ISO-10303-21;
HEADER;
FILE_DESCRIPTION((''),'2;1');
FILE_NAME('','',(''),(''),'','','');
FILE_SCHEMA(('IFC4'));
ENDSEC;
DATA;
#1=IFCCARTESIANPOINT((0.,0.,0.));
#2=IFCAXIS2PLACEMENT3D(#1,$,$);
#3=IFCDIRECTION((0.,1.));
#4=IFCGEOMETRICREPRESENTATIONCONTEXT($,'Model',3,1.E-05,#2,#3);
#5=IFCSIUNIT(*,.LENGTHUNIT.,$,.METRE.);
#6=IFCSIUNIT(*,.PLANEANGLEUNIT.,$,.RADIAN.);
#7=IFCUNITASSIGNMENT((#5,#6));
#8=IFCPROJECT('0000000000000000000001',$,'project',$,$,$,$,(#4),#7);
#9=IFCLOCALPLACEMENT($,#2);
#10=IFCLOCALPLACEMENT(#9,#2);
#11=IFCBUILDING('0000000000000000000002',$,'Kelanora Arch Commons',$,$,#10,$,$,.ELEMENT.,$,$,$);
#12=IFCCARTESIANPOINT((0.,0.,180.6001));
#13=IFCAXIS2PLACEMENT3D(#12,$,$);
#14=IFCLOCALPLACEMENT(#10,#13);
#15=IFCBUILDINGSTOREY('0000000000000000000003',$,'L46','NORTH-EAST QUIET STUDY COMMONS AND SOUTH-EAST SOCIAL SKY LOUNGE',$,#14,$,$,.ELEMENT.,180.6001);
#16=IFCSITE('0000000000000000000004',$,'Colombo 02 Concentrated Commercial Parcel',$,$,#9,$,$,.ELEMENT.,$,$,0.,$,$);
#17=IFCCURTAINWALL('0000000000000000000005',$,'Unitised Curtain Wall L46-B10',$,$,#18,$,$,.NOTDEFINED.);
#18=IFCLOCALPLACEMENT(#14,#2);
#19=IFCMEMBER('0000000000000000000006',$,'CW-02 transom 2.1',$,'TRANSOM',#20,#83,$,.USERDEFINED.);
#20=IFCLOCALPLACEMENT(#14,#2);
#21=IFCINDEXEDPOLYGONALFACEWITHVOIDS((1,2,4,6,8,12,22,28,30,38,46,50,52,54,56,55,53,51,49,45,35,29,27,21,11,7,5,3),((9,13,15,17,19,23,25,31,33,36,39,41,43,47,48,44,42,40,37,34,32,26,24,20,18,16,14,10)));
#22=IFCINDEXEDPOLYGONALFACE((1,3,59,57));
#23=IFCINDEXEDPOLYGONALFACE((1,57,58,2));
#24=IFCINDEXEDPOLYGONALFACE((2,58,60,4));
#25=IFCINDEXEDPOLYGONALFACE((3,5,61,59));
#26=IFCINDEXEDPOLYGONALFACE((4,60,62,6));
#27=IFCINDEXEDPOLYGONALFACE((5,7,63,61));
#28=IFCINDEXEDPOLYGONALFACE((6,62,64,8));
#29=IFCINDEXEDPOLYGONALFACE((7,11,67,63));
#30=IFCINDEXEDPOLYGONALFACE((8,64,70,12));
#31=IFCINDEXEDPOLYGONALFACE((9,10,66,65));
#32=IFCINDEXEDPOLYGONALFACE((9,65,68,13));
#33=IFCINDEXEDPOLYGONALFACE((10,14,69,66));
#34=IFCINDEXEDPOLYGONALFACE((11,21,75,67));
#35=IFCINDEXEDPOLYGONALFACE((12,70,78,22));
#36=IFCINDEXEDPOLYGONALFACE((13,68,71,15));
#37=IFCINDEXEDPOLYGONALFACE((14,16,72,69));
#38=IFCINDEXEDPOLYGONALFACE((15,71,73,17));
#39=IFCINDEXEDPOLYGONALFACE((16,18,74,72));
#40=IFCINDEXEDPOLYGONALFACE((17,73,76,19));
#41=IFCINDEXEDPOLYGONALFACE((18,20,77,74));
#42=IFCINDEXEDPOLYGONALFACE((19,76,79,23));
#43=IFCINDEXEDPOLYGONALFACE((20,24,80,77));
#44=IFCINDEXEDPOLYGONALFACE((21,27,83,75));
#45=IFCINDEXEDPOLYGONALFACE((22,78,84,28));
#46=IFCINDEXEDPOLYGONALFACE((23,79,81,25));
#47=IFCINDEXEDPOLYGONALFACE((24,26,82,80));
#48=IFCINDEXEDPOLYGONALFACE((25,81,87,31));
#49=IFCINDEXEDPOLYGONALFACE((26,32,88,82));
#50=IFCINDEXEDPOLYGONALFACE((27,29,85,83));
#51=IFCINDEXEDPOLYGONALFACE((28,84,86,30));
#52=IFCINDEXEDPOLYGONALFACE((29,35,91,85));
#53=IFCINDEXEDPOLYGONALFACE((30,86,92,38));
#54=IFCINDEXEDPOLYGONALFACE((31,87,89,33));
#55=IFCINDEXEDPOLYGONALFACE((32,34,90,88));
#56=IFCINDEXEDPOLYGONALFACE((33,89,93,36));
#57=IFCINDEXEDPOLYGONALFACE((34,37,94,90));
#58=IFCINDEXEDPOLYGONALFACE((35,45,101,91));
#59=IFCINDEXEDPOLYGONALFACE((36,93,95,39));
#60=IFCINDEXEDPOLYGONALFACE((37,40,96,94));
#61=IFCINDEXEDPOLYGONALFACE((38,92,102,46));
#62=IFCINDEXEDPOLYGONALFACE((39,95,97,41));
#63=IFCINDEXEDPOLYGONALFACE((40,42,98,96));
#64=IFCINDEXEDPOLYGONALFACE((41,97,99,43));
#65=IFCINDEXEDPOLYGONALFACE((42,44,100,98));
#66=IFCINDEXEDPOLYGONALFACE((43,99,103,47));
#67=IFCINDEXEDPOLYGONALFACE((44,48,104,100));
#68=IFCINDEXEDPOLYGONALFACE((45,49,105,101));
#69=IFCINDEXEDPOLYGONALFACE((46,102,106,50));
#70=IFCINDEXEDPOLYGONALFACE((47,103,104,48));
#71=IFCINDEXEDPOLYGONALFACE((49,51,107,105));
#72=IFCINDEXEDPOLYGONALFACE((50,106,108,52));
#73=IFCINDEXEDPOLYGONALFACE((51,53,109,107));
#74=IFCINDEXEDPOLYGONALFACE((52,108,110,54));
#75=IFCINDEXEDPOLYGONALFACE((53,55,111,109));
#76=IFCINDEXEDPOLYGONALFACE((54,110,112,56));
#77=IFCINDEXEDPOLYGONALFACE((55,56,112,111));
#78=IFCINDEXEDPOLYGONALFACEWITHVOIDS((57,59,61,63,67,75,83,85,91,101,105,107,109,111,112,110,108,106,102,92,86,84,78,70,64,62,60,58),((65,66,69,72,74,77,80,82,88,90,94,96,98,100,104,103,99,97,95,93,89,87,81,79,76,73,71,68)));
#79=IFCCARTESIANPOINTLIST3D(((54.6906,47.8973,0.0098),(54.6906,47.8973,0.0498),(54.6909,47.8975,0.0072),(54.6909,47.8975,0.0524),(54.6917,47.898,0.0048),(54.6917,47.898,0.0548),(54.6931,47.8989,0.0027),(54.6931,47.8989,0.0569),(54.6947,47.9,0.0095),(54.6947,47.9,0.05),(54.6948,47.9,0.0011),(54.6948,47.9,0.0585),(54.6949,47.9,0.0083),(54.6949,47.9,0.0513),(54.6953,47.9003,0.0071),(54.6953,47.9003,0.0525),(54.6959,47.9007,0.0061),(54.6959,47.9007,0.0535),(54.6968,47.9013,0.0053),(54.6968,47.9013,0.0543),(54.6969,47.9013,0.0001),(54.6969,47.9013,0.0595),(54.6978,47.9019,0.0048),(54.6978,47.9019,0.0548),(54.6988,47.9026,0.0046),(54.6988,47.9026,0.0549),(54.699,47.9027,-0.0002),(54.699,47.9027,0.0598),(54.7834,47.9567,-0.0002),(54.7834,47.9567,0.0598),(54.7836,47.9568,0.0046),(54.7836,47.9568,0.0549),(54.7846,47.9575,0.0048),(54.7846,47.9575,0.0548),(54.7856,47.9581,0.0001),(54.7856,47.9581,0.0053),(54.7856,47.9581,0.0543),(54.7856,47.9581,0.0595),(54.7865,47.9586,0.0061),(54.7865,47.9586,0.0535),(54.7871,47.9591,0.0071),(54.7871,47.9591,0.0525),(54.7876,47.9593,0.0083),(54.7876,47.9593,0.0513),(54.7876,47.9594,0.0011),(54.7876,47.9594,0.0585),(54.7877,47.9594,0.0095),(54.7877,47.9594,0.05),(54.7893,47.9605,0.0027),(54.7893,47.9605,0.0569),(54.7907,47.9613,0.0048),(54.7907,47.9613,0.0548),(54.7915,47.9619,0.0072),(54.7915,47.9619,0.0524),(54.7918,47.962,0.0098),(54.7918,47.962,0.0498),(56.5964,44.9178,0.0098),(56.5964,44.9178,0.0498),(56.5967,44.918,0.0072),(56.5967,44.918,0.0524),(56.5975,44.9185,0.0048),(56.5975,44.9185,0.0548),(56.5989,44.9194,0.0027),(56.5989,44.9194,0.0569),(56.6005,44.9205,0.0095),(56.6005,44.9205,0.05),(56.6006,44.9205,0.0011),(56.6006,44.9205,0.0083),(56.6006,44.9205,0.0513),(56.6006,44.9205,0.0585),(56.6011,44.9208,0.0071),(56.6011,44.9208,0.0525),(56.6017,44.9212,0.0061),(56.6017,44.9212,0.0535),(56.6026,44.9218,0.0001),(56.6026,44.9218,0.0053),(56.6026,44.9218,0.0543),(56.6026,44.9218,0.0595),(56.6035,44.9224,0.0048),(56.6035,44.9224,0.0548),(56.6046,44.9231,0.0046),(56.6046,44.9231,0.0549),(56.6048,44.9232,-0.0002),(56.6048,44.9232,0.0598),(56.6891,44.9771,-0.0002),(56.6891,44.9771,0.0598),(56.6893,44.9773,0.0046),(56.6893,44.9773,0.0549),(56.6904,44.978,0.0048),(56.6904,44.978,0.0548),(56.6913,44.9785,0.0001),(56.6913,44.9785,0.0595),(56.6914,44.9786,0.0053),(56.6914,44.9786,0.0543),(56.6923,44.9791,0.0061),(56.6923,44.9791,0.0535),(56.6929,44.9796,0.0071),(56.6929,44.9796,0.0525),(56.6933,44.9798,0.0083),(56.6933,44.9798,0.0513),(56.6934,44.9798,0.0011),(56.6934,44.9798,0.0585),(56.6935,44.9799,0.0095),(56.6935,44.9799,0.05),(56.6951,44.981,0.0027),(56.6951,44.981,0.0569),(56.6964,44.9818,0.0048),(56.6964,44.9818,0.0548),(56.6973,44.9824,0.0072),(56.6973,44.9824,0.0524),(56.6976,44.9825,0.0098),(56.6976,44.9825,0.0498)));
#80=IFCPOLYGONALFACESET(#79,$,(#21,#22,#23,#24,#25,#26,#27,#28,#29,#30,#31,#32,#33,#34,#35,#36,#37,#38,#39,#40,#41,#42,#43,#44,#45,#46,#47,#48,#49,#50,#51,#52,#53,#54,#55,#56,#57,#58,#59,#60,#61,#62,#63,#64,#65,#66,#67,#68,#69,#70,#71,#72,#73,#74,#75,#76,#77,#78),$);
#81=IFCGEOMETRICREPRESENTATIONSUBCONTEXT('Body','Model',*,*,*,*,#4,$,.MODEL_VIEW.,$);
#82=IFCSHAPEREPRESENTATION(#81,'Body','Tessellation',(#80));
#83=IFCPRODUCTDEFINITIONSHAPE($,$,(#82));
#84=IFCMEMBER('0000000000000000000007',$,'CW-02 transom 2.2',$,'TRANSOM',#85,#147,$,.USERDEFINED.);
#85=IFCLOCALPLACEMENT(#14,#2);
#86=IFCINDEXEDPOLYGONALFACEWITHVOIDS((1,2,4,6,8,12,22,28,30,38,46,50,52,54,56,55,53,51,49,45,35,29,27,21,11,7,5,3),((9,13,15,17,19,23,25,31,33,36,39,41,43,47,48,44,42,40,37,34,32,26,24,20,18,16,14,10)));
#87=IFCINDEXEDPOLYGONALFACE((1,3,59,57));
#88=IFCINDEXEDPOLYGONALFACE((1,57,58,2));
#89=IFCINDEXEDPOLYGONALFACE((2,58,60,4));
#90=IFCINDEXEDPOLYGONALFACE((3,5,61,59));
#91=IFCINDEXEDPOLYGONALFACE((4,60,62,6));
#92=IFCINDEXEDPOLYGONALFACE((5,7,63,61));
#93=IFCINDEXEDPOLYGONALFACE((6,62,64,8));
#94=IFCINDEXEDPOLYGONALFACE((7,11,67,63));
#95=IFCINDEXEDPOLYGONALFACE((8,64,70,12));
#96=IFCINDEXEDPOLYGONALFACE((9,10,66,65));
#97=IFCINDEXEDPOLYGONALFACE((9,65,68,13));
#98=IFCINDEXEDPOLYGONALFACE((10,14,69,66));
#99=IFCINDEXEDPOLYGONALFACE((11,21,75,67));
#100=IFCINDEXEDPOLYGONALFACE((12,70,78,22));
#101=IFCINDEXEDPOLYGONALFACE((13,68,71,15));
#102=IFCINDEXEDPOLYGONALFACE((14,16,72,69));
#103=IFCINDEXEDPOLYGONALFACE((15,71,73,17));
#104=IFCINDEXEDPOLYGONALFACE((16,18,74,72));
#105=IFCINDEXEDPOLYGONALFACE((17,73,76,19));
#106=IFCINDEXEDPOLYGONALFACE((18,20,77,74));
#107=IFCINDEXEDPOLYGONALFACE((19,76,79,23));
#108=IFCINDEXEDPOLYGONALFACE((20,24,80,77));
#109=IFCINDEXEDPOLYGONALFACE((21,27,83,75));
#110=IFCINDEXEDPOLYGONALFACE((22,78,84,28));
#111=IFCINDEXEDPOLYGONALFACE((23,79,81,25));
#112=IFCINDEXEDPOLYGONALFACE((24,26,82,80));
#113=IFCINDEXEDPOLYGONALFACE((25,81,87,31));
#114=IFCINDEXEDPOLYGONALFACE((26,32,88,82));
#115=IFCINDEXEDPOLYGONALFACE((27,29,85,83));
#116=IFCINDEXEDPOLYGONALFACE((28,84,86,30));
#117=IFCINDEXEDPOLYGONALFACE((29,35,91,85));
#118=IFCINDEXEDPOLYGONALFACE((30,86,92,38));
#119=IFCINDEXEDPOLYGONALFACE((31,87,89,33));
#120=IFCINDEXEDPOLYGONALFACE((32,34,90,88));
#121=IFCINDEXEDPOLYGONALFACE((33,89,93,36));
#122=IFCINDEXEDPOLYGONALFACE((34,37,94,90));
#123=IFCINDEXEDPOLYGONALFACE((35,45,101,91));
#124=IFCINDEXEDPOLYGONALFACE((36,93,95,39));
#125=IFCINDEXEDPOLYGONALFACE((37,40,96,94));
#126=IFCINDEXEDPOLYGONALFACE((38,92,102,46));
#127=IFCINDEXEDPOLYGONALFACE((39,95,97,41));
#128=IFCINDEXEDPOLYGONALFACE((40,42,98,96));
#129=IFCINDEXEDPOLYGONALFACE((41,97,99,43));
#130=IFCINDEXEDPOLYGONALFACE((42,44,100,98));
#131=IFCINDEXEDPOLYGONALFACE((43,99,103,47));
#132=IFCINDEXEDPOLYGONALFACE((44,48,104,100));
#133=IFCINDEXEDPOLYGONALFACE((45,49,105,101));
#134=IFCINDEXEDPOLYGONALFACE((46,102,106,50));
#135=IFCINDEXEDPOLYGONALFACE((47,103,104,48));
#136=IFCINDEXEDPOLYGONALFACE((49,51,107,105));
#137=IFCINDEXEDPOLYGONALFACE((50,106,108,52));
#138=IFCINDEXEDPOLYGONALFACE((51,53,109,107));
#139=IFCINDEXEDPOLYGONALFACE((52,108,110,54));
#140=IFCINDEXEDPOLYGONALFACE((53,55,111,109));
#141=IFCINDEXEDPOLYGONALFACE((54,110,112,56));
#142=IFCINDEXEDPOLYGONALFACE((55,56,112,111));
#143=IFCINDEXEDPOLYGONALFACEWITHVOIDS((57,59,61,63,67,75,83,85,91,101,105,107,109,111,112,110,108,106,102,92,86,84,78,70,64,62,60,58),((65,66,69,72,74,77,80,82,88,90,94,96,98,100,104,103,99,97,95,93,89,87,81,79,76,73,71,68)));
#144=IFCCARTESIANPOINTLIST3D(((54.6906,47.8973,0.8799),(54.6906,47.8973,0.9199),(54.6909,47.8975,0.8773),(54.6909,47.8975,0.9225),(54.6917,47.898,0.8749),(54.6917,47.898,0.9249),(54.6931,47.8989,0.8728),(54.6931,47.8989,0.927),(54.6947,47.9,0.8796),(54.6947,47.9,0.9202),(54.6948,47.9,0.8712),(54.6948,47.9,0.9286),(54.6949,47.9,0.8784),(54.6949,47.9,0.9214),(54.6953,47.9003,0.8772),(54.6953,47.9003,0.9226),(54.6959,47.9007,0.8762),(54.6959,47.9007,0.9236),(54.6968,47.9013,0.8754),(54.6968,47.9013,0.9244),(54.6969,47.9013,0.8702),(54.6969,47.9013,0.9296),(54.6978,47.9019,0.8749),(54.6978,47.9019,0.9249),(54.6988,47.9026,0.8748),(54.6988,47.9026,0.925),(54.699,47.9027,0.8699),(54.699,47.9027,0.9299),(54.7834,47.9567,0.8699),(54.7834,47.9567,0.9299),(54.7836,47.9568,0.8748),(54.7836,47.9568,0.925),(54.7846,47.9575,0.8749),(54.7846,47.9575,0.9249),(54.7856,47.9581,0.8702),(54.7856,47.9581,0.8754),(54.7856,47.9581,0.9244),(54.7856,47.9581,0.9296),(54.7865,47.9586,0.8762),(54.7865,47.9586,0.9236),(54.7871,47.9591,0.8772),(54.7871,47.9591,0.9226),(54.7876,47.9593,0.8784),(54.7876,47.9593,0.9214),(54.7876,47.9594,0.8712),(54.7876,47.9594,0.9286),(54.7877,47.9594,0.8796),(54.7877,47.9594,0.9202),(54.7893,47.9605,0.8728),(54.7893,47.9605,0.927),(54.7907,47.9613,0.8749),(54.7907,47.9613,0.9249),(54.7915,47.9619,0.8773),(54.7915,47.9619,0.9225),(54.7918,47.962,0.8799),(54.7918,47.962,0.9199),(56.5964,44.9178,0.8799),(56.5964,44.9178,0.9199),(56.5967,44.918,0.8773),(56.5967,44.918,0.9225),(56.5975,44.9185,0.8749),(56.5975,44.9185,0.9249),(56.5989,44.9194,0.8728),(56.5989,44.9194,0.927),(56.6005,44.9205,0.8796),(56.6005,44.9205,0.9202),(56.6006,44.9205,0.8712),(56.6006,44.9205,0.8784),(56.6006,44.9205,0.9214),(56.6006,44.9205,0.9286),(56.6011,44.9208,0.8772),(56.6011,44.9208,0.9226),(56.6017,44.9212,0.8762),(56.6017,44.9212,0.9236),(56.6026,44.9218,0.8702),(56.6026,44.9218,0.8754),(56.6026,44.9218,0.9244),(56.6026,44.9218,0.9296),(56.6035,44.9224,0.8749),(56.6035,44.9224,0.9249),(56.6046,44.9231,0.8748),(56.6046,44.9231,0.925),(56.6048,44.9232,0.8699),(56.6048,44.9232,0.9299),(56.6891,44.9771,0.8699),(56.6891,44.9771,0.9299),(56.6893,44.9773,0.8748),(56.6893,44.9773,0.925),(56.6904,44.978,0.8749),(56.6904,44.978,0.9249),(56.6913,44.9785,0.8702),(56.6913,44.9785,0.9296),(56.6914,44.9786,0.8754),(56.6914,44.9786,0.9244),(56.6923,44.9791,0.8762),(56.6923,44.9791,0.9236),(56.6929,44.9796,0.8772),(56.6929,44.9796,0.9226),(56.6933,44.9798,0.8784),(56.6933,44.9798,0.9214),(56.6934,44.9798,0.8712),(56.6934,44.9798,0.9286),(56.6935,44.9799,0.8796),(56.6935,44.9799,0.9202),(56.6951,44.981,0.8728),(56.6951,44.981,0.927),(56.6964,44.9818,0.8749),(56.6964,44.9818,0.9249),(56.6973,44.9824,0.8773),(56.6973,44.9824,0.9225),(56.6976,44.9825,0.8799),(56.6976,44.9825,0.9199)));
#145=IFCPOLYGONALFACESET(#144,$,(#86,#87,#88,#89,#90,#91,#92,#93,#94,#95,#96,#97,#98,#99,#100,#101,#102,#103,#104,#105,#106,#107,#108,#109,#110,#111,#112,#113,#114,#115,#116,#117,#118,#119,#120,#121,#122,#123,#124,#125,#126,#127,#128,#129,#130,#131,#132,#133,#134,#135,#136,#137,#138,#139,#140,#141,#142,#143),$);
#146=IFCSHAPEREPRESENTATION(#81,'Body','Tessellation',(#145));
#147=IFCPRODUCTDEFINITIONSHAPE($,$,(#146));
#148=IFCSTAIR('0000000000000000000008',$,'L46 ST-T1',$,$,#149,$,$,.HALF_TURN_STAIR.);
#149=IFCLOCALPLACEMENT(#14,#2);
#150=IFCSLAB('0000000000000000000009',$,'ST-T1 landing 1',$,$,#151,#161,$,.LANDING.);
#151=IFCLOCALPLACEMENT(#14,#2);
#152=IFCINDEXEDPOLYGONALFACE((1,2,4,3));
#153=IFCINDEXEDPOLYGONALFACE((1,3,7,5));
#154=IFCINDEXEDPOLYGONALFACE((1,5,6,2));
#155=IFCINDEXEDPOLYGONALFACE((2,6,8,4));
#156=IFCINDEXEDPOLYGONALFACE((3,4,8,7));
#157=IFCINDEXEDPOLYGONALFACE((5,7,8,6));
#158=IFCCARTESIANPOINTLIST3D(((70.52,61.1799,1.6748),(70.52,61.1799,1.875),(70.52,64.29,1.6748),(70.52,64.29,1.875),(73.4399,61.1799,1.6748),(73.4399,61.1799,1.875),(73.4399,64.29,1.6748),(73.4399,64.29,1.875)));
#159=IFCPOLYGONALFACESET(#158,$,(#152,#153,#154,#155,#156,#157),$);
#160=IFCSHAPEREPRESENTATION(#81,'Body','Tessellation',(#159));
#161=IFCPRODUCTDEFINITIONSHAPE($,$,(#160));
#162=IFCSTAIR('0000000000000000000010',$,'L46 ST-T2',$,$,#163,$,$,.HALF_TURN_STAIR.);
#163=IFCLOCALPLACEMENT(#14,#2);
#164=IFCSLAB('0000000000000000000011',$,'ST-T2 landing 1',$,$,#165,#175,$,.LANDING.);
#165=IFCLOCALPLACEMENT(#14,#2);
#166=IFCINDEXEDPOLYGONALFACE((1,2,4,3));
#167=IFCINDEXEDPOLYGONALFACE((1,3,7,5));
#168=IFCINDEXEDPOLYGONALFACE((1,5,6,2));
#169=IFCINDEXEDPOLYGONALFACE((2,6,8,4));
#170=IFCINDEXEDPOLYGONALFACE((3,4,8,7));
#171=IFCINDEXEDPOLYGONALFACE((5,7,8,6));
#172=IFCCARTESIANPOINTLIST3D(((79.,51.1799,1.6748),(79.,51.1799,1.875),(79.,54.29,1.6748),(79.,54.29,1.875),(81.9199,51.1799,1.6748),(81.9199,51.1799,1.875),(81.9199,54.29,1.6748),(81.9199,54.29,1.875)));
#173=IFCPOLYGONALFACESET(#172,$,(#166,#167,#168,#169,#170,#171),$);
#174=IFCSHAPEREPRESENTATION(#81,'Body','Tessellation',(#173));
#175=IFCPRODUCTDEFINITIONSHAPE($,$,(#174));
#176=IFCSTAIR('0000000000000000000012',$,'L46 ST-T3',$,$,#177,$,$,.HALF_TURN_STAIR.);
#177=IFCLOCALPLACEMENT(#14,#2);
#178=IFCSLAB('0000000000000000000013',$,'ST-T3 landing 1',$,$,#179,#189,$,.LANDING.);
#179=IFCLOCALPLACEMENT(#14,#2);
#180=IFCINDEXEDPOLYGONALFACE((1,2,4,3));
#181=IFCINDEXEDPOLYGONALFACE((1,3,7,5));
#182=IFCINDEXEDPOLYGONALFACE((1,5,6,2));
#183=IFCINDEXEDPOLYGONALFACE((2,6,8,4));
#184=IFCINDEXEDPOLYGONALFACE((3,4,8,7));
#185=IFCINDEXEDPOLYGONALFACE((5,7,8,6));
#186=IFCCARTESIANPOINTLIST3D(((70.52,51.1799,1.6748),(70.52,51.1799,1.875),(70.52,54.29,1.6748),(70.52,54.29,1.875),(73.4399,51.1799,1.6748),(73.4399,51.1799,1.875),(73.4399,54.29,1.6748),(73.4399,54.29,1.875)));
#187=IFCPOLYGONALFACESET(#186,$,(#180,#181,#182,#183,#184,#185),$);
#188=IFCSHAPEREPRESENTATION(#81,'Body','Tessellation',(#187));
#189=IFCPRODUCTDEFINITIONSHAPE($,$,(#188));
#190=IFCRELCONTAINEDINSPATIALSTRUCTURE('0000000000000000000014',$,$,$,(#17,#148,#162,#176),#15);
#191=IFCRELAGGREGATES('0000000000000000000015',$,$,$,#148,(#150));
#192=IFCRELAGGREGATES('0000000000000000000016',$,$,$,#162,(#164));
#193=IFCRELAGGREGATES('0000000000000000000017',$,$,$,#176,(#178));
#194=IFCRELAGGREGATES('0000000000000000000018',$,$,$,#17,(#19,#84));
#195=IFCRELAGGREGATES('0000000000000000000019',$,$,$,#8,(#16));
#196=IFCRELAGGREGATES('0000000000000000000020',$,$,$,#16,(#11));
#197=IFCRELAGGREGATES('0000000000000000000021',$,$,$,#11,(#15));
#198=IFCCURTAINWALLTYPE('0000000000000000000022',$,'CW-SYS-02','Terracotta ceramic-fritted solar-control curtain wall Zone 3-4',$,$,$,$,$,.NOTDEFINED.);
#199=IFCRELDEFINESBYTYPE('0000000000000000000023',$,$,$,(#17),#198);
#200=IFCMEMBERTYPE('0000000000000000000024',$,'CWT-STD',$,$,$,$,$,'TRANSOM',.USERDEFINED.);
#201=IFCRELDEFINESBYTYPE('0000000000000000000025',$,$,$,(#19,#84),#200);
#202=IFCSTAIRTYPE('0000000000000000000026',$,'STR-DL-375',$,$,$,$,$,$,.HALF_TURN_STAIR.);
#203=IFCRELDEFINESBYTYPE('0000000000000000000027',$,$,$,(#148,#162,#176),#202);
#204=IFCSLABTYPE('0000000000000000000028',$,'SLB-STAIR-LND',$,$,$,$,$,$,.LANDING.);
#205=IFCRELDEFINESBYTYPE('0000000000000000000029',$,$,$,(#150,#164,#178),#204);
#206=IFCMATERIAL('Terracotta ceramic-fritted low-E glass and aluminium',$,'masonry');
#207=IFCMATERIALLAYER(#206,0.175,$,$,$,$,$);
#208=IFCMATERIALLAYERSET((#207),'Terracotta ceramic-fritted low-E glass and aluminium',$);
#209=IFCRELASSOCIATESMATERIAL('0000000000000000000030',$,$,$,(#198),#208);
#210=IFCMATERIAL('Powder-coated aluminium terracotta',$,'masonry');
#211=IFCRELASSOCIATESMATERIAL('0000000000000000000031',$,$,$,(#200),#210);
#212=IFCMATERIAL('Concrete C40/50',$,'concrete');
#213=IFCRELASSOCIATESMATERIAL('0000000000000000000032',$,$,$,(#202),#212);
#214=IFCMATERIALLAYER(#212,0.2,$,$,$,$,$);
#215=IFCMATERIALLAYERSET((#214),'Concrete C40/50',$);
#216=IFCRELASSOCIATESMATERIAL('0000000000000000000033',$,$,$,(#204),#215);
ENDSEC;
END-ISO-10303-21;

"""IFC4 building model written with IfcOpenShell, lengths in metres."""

from ifc_helpers import new_model, si_unit, direction, frame, origin, origin_2d, place, context, subcontext, project, spatial, polyline, hollow_rectangle, outline, extrude, material, layer, layer_set, material_profile, profile_set, type_object, element, aggregate, save


model = new_model("IFC4")

# Units and contexts
model_context = context("Model", 3, precision=1e-05, world=origin(), true_north=direction((0.0, 1.0)))
body_context = subcontext(model_context, "Body", "Model", "MODEL_VIEW")
ifc_project = project(units=[si_unit("LENGTHUNIT", "METRE"), si_unit("PLANEANGLEUNIT", "RADIAN")], contexts=[model_context])

# Site, building, storey
site_placement = place(None, origin())
site = spatial("IfcSite", under=ifc_project, at=site_placement, Name="Colombo 02 Concentrated Commercial Parcel", CompositionType="ELEMENT", RefElevation=0.0)
building_placement = place(site_placement, origin())
building = spatial("IfcBuilding", under=site, at=building_placement, Name="Kelanora Arch Commons", CompositionType="ELEMENT")
storey_placement = place(building_placement, frame((0.0, 0.0, 180.6001)))
storey = spatial("IfcBuildingStorey", under=building, at=storey_placement, Name="L46", Description="NORTH-EAST QUIET STUDY COMMONS AND SOUTH-EAST SOCIAL SKY LOUNGE", CompositionType="ELEMENT", Elevation=180.6001)

# Shared definitions
ifc_material_1 = material(Name="Terracotta ceramic-fritted low-E glass and aluminium", Category="masonry")
ifc_layer_1 = layer(ifc_material_1, 0.175)
ifc_layer_set_1 = layer_set([ifc_layer_1], Name="Terracotta ceramic-fritted low-E glass and aluminium")
curtain_wall_type = type_object("IfcCurtainWallType", Name="CW-SYS-02", Description="Terracotta ceramic-fritted solar-control curtain wall Zone 3-4", PredefinedType="NOTDEFINED", material=ifc_layer_set_1)
ifc_material_2 = material(Name="Powder-coated aluminium terracotta", Category="masonry")

# Curtain wall, members
curtain_wall_1_placement = place(storey_placement, origin())
curtain_wall_1 = element("IfcCurtainWall", 1, at=curtain_wall_1_placement, inside=storey, type_object=curtain_wall_type, Name="Unitised Curtain Wall L46-B10", PredefinedType="NOTDEFINED")
ifc_material_profile_1 = material_profile(ifc_material_2, hollow_rectangle(XDim=0.1201, YDim=0.0601, WallThickness=0.0049, InnerFilletRadius=0.0049, OuterFilletRadius=0.01, at=origin_2d()), Name="CWT120x60")
ifc_profile_set_1 = profile_set([ifc_material_profile_1], Name="Powder-coated aluminium terracotta")
member_type_1 = type_object("IfcMemberType", Name="CWT-STD", ElementType="TRANSOM", PredefinedType="USERDEFINED", material=ifc_profile_set_1)
member_1_placement = place(storey_placement, frame((54.7412, 47.9297, 0.0298), z_axis=(0.53883, -0.842414, 0.0), x_axis=(0.842414, 0.53883, 0.0)))
member_1 = element("IfcMember", 2, at=member_1_placement, type_object=member_type_1, Name="CW-02 transom 2.1", ObjectType="TRANSOM", PredefinedType="USERDEFINED", context=body_context, shape_type="SweptSolid", body=[
    extrude(hollow_rectangle(XDim=0.1201, YDim=0.0601, WallThickness=0.0049, InnerFilletRadius=0.0049, OuterFilletRadius=0.01, at=origin_2d()), origin(), (0.0, 0.0, 1.0), 3.5369),
])
member_2_placement = place(storey_placement, frame((54.7412, 47.9297, 0.8999), z_axis=(0.53883, -0.842414, 0.0), x_axis=(0.842414, 0.53883, 0.0)))
member_2 = element("IfcMember", 3, at=member_2_placement, type_object=member_type_1, Name="CW-02 transom 2.2", ObjectType="TRANSOM", PredefinedType="USERDEFINED", context=body_context, shape_type="SweptSolid", body=[
    extrude(hollow_rectangle(XDim=0.1201, YDim=0.0601, WallThickness=0.0049, InnerFilletRadius=0.0049, OuterFilletRadius=0.01, at=origin_2d()), origin(), (0.0, 0.0, 1.0), 3.5369),
])

# Stairs, slabs
ifc_material_3 = material(Name="Concrete C40/50", Category="concrete")
stair_type = type_object("IfcStairType", Name="STR-DL-375", PredefinedType="HALF_TURN_STAIR", material=ifc_material_3)
stair_1_placement = place(storey_placement, origin())
stair_1 = element("IfcStair", 4, at=stair_1_placement, inside=storey, type_object=stair_type, Name="L46 ST-T1", PredefinedType="HALF_TURN_STAIR")
ifc_layer_2 = layer(ifc_material_3, 0.2)
ifc_layer_set_2 = layer_set([ifc_layer_2], Name="Concrete C40/50")
slab_type_1 = type_object("IfcSlabType", Name="SLB-STAIR-LND", PredefinedType="LANDING", material=ifc_layer_set_2)
slab_1_placement = place(storey_placement, frame((0.0, 0.0, 1.6748)))
slab_1 = element("IfcSlab", 5, at=slab_1_placement, type_object=slab_type_1, Name="ST-T1 landing 1", PredefinedType="LANDING", context=body_context, shape_type="SweptSolid", body=[
    extrude(outline(polyline([(70.52, 61.1799), (73.4399, 61.1799), (73.4399, 64.29), (70.52, 64.29), (70.52, 61.1799)])), origin(), (0.0, 0.0, 1.0), 0.2002),
])
aggregate(stair_1, [slab_1])
stair_2_placement = place(storey_placement, origin())
stair_2 = element("IfcStair", 6, at=stair_2_placement, inside=storey, type_object=stair_type, Name="L46 ST-T2", PredefinedType="HALF_TURN_STAIR")
slab_2_placement = place(storey_placement, frame((0.0, 0.0, 1.6748)))
slab_2 = element("IfcSlab", 7, at=slab_2_placement, type_object=slab_type_1, Name="ST-T2 landing 1", PredefinedType="LANDING", context=body_context, shape_type="SweptSolid", body=[
    extrude(outline(polyline([(79.0, 51.1799), (81.9199, 51.1799), (81.9199, 54.29), (79.0, 54.29), (79.0, 51.1799)])), origin(), (0.0, 0.0, 1.0), 0.2002),
])
aggregate(stair_2, [slab_2])
stair_3_placement = place(storey_placement, origin())
stair_3 = element("IfcStair", 8, at=stair_3_placement, inside=storey, type_object=stair_type, Name="L46 ST-T3", PredefinedType="HALF_TURN_STAIR")
slab_3_placement = place(storey_placement, frame((0.0, 0.0, 1.6748)))
slab_3 = element("IfcSlab", 9, at=slab_3_placement, type_object=slab_type_1, Name="ST-T3 landing 1", PredefinedType="LANDING", context=body_context, shape_type="SweptSolid", body=[
    extrude(outline(polyline([(70.52, 51.1799), (73.4399, 51.1799), (73.4399, 54.29), (70.52, 54.29), (70.52, 51.1799)])), origin(), (0.0, 0.0, 1.0), 0.2002),
])
aggregate(stair_3, [slab_3])

aggregate(curtain_wall_1, [member_1, member_2])

save(model, "model.ifc")
